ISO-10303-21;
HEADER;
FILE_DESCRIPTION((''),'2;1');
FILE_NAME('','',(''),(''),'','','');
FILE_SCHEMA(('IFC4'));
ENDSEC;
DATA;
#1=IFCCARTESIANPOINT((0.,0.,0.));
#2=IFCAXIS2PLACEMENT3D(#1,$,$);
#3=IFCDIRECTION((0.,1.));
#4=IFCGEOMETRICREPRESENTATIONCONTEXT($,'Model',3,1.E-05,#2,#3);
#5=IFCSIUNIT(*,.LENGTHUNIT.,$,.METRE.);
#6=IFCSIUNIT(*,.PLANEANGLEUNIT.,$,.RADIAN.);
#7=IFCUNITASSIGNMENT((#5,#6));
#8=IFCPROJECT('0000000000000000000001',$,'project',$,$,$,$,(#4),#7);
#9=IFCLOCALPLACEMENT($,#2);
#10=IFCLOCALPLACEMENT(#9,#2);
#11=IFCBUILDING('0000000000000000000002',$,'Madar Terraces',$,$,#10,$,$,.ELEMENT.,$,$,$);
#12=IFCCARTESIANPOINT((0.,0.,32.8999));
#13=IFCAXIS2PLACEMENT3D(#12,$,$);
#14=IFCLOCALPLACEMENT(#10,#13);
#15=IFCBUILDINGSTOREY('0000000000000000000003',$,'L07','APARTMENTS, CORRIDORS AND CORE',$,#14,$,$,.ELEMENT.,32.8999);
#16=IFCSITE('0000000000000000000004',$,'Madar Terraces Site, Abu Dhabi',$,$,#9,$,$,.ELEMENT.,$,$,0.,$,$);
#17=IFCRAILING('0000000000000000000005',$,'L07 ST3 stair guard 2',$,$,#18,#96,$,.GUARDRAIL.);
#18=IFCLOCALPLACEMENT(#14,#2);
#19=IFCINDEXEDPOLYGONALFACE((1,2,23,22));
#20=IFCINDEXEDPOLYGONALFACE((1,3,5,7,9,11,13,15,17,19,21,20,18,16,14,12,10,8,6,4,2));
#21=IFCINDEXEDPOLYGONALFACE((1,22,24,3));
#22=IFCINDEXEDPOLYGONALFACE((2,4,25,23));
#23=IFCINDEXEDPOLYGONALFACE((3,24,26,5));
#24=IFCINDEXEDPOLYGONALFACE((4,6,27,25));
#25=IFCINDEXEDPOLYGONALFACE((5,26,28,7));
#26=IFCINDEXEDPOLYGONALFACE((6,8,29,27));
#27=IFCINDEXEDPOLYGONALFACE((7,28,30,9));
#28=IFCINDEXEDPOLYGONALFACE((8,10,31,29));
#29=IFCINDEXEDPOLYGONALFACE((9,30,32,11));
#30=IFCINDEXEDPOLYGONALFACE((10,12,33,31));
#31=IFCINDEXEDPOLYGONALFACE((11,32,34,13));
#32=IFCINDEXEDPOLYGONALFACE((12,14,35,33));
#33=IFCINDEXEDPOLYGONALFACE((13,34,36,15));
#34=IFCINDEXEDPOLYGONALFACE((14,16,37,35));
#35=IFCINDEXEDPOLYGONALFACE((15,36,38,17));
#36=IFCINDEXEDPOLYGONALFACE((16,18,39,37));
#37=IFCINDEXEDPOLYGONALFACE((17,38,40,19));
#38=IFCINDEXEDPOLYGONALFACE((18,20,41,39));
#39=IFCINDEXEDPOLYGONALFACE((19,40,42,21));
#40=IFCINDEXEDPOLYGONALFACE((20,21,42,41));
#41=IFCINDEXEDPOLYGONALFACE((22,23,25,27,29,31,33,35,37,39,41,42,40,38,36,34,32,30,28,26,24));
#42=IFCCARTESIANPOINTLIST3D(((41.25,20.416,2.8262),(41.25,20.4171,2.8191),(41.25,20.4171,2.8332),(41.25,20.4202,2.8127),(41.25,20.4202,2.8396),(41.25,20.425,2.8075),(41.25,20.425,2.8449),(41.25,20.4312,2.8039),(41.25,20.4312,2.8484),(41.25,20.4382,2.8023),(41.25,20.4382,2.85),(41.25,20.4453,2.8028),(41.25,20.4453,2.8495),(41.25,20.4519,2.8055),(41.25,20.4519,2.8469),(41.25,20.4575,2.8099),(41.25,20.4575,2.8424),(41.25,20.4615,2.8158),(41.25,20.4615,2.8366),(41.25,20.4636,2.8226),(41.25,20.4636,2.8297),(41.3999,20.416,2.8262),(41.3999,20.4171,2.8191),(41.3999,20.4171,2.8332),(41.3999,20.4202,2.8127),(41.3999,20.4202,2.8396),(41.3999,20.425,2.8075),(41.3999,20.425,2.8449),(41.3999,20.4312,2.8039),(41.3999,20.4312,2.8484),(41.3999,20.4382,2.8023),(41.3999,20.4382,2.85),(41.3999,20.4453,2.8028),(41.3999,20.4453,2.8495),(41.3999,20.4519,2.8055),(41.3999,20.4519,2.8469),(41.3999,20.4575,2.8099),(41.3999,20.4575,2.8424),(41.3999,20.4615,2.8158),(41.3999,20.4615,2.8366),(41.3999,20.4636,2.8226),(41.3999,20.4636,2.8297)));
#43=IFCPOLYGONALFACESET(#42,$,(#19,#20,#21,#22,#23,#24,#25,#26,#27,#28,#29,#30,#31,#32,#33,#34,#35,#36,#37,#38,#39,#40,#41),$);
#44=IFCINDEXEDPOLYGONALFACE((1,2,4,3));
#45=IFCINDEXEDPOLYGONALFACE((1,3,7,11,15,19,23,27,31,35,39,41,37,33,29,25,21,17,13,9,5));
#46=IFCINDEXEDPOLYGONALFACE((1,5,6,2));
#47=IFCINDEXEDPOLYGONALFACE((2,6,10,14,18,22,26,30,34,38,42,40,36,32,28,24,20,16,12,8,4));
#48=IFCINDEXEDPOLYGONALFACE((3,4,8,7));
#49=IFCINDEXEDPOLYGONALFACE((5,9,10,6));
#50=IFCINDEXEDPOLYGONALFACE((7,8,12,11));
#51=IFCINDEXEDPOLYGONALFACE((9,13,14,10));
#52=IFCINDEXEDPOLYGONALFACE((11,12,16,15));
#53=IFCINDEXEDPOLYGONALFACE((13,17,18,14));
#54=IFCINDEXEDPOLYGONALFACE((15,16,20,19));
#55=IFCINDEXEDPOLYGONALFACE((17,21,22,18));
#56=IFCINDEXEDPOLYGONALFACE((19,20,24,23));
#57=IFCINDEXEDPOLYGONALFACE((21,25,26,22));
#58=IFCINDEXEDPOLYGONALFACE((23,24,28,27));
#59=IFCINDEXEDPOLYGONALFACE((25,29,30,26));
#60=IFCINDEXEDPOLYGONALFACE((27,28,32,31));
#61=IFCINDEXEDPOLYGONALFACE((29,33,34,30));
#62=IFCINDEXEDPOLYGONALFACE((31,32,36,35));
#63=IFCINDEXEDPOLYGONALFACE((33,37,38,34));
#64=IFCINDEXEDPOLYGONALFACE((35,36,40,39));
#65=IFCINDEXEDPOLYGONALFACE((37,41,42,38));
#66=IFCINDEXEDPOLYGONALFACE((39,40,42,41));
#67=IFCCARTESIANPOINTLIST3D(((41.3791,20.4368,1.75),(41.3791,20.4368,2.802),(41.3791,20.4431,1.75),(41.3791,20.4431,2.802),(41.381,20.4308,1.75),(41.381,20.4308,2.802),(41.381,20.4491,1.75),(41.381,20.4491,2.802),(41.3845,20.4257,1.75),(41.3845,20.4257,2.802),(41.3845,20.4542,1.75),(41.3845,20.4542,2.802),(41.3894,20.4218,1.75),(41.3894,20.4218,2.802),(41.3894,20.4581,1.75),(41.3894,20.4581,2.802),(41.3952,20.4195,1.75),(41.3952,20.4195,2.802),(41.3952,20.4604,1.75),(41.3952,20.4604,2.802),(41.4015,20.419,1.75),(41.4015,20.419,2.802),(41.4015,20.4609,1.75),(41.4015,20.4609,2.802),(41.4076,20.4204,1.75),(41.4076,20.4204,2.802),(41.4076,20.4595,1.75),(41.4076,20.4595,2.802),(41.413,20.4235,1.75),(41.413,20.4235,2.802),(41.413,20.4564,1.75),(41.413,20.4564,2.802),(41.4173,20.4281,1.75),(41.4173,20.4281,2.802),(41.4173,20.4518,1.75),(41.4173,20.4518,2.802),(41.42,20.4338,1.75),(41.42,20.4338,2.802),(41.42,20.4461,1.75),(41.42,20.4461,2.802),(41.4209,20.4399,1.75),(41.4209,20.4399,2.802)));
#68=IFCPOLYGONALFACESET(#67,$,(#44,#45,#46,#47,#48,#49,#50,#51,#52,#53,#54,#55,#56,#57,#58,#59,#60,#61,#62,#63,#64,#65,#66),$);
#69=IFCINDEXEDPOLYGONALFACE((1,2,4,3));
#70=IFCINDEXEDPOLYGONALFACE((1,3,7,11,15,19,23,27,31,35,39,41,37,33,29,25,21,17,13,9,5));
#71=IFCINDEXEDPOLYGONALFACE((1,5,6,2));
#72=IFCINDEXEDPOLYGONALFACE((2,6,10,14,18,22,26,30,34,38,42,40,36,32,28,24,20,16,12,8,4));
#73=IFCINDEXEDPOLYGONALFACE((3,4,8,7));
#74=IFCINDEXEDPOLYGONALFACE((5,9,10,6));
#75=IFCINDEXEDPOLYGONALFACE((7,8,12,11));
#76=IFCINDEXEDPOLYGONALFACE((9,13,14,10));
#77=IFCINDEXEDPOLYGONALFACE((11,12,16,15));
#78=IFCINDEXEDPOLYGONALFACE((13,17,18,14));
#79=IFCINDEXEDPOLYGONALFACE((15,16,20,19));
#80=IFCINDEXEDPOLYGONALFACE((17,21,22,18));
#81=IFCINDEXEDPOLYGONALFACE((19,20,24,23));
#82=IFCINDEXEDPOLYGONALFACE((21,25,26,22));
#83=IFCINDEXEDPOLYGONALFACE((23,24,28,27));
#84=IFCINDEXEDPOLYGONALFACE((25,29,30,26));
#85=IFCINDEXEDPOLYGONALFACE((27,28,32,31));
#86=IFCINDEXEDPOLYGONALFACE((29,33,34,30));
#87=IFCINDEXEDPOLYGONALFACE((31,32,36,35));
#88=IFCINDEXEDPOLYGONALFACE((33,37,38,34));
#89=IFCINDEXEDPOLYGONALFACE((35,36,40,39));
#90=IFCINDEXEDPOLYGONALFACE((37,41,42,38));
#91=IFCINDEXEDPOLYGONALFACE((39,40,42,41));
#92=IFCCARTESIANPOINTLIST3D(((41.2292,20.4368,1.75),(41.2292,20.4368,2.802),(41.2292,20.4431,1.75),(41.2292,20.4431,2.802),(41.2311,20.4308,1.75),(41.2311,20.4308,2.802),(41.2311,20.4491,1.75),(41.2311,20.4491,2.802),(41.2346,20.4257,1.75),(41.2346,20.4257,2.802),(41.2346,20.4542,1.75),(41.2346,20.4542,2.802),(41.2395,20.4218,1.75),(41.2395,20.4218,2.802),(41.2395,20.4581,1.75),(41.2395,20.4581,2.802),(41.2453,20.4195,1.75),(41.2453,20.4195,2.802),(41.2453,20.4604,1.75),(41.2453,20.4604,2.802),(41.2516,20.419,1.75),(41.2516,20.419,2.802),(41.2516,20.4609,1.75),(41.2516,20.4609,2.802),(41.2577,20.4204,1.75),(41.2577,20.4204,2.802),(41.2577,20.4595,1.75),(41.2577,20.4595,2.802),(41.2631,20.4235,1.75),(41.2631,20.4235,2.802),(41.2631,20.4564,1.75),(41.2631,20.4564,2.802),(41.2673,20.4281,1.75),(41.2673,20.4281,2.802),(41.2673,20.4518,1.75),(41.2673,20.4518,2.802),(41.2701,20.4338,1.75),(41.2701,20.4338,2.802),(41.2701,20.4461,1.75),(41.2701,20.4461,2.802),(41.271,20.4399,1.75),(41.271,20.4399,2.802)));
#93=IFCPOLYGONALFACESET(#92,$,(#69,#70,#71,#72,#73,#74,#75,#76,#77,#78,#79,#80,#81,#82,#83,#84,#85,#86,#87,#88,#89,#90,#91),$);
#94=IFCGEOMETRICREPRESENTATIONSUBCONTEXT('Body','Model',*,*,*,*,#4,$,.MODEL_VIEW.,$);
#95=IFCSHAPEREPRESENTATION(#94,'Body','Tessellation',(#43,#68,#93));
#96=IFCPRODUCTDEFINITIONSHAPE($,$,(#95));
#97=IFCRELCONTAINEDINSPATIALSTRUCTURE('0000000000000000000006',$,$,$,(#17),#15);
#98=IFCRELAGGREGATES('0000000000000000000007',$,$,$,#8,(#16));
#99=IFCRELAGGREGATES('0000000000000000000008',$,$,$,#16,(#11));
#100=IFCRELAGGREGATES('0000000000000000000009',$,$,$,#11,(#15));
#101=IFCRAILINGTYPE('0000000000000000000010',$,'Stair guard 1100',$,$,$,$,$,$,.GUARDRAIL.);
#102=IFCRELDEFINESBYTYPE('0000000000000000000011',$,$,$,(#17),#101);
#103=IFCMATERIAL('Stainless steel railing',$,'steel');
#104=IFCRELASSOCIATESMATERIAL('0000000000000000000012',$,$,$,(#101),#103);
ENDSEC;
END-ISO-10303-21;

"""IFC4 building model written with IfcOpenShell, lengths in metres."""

from ifc_helpers import new_model, si_unit, direction, frame, origin, origin_2d, place, context, subcontext, project, spatial, circle, extrude, material, type_object, element, save


model = new_model("IFC4")

# Units and contexts
model_context = context("Model", 3, precision=1e-05, world=origin(), true_north=direction((0.0, 1.0)))
body_context = subcontext(model_context, "Body", "Model", "MODEL_VIEW")
ifc_project = project(units=[si_unit("LENGTHUNIT", "METRE"), si_unit("PLANEANGLEUNIT", "RADIAN")], contexts=[model_context])

# Site, building, storey
site_placement = place(None, origin())
site = spatial("IfcSite", under=ifc_project, at=site_placement, Name="Madar Terraces Site, Abu Dhabi", CompositionType="ELEMENT", RefElevation=0.0)
building_placement = place(site_placement, origin())
building = spatial("IfcBuilding", under=site, at=building_placement, Name="Madar Terraces", CompositionType="ELEMENT")
storey_placement = place(building_placement, frame((0.0, 0.0, 32.8999)))
storey = spatial("IfcBuildingStorey", under=building, at=storey_placement, Name="L07", Description="APARTMENTS, CORRIDORS AND CORE", CompositionType="ELEMENT", Elevation=32.8999)

# Railing
ifc_material_1 = material(Name="Stainless steel railing", Category="steel")
railing_type_1 = type_object("IfcRailingType", Name="Stair guard 1100", PredefinedType="GUARDRAIL", material=ifc_material_1)
railing_1_placement = place(storey_placement, frame((41.3999, 20.4399, 1.75)))
element("IfcRailing", 1, at=railing_1_placement, inside=storey, type_object=railing_type_1, Name="L07 ST3 stair guard 2", PredefinedType="GUARDRAIL", context=body_context, shape_type="SweptSolid", body=[
    extrude(circle(Radius=0.0239, at=origin_2d()), frame((0.0, 0.0, 1.0762), z_axis=(-1.0, 0.0, 0.0), x_axis=(0.0, -1.0, 0.0)), (0.0, 0.0, 1.0), 0.1499),
    extrude(circle(Radius=0.021, at=origin_2d()), origin(), (0.0, 0.0, 1.0), 1.052),
    extrude(circle(Radius=0.021, at=origin_2d()), frame((-0.1499, 0.0, 0.0)), (0.0, 0.0, 1.0), 1.052),
])

save(model, "model.ifc")
